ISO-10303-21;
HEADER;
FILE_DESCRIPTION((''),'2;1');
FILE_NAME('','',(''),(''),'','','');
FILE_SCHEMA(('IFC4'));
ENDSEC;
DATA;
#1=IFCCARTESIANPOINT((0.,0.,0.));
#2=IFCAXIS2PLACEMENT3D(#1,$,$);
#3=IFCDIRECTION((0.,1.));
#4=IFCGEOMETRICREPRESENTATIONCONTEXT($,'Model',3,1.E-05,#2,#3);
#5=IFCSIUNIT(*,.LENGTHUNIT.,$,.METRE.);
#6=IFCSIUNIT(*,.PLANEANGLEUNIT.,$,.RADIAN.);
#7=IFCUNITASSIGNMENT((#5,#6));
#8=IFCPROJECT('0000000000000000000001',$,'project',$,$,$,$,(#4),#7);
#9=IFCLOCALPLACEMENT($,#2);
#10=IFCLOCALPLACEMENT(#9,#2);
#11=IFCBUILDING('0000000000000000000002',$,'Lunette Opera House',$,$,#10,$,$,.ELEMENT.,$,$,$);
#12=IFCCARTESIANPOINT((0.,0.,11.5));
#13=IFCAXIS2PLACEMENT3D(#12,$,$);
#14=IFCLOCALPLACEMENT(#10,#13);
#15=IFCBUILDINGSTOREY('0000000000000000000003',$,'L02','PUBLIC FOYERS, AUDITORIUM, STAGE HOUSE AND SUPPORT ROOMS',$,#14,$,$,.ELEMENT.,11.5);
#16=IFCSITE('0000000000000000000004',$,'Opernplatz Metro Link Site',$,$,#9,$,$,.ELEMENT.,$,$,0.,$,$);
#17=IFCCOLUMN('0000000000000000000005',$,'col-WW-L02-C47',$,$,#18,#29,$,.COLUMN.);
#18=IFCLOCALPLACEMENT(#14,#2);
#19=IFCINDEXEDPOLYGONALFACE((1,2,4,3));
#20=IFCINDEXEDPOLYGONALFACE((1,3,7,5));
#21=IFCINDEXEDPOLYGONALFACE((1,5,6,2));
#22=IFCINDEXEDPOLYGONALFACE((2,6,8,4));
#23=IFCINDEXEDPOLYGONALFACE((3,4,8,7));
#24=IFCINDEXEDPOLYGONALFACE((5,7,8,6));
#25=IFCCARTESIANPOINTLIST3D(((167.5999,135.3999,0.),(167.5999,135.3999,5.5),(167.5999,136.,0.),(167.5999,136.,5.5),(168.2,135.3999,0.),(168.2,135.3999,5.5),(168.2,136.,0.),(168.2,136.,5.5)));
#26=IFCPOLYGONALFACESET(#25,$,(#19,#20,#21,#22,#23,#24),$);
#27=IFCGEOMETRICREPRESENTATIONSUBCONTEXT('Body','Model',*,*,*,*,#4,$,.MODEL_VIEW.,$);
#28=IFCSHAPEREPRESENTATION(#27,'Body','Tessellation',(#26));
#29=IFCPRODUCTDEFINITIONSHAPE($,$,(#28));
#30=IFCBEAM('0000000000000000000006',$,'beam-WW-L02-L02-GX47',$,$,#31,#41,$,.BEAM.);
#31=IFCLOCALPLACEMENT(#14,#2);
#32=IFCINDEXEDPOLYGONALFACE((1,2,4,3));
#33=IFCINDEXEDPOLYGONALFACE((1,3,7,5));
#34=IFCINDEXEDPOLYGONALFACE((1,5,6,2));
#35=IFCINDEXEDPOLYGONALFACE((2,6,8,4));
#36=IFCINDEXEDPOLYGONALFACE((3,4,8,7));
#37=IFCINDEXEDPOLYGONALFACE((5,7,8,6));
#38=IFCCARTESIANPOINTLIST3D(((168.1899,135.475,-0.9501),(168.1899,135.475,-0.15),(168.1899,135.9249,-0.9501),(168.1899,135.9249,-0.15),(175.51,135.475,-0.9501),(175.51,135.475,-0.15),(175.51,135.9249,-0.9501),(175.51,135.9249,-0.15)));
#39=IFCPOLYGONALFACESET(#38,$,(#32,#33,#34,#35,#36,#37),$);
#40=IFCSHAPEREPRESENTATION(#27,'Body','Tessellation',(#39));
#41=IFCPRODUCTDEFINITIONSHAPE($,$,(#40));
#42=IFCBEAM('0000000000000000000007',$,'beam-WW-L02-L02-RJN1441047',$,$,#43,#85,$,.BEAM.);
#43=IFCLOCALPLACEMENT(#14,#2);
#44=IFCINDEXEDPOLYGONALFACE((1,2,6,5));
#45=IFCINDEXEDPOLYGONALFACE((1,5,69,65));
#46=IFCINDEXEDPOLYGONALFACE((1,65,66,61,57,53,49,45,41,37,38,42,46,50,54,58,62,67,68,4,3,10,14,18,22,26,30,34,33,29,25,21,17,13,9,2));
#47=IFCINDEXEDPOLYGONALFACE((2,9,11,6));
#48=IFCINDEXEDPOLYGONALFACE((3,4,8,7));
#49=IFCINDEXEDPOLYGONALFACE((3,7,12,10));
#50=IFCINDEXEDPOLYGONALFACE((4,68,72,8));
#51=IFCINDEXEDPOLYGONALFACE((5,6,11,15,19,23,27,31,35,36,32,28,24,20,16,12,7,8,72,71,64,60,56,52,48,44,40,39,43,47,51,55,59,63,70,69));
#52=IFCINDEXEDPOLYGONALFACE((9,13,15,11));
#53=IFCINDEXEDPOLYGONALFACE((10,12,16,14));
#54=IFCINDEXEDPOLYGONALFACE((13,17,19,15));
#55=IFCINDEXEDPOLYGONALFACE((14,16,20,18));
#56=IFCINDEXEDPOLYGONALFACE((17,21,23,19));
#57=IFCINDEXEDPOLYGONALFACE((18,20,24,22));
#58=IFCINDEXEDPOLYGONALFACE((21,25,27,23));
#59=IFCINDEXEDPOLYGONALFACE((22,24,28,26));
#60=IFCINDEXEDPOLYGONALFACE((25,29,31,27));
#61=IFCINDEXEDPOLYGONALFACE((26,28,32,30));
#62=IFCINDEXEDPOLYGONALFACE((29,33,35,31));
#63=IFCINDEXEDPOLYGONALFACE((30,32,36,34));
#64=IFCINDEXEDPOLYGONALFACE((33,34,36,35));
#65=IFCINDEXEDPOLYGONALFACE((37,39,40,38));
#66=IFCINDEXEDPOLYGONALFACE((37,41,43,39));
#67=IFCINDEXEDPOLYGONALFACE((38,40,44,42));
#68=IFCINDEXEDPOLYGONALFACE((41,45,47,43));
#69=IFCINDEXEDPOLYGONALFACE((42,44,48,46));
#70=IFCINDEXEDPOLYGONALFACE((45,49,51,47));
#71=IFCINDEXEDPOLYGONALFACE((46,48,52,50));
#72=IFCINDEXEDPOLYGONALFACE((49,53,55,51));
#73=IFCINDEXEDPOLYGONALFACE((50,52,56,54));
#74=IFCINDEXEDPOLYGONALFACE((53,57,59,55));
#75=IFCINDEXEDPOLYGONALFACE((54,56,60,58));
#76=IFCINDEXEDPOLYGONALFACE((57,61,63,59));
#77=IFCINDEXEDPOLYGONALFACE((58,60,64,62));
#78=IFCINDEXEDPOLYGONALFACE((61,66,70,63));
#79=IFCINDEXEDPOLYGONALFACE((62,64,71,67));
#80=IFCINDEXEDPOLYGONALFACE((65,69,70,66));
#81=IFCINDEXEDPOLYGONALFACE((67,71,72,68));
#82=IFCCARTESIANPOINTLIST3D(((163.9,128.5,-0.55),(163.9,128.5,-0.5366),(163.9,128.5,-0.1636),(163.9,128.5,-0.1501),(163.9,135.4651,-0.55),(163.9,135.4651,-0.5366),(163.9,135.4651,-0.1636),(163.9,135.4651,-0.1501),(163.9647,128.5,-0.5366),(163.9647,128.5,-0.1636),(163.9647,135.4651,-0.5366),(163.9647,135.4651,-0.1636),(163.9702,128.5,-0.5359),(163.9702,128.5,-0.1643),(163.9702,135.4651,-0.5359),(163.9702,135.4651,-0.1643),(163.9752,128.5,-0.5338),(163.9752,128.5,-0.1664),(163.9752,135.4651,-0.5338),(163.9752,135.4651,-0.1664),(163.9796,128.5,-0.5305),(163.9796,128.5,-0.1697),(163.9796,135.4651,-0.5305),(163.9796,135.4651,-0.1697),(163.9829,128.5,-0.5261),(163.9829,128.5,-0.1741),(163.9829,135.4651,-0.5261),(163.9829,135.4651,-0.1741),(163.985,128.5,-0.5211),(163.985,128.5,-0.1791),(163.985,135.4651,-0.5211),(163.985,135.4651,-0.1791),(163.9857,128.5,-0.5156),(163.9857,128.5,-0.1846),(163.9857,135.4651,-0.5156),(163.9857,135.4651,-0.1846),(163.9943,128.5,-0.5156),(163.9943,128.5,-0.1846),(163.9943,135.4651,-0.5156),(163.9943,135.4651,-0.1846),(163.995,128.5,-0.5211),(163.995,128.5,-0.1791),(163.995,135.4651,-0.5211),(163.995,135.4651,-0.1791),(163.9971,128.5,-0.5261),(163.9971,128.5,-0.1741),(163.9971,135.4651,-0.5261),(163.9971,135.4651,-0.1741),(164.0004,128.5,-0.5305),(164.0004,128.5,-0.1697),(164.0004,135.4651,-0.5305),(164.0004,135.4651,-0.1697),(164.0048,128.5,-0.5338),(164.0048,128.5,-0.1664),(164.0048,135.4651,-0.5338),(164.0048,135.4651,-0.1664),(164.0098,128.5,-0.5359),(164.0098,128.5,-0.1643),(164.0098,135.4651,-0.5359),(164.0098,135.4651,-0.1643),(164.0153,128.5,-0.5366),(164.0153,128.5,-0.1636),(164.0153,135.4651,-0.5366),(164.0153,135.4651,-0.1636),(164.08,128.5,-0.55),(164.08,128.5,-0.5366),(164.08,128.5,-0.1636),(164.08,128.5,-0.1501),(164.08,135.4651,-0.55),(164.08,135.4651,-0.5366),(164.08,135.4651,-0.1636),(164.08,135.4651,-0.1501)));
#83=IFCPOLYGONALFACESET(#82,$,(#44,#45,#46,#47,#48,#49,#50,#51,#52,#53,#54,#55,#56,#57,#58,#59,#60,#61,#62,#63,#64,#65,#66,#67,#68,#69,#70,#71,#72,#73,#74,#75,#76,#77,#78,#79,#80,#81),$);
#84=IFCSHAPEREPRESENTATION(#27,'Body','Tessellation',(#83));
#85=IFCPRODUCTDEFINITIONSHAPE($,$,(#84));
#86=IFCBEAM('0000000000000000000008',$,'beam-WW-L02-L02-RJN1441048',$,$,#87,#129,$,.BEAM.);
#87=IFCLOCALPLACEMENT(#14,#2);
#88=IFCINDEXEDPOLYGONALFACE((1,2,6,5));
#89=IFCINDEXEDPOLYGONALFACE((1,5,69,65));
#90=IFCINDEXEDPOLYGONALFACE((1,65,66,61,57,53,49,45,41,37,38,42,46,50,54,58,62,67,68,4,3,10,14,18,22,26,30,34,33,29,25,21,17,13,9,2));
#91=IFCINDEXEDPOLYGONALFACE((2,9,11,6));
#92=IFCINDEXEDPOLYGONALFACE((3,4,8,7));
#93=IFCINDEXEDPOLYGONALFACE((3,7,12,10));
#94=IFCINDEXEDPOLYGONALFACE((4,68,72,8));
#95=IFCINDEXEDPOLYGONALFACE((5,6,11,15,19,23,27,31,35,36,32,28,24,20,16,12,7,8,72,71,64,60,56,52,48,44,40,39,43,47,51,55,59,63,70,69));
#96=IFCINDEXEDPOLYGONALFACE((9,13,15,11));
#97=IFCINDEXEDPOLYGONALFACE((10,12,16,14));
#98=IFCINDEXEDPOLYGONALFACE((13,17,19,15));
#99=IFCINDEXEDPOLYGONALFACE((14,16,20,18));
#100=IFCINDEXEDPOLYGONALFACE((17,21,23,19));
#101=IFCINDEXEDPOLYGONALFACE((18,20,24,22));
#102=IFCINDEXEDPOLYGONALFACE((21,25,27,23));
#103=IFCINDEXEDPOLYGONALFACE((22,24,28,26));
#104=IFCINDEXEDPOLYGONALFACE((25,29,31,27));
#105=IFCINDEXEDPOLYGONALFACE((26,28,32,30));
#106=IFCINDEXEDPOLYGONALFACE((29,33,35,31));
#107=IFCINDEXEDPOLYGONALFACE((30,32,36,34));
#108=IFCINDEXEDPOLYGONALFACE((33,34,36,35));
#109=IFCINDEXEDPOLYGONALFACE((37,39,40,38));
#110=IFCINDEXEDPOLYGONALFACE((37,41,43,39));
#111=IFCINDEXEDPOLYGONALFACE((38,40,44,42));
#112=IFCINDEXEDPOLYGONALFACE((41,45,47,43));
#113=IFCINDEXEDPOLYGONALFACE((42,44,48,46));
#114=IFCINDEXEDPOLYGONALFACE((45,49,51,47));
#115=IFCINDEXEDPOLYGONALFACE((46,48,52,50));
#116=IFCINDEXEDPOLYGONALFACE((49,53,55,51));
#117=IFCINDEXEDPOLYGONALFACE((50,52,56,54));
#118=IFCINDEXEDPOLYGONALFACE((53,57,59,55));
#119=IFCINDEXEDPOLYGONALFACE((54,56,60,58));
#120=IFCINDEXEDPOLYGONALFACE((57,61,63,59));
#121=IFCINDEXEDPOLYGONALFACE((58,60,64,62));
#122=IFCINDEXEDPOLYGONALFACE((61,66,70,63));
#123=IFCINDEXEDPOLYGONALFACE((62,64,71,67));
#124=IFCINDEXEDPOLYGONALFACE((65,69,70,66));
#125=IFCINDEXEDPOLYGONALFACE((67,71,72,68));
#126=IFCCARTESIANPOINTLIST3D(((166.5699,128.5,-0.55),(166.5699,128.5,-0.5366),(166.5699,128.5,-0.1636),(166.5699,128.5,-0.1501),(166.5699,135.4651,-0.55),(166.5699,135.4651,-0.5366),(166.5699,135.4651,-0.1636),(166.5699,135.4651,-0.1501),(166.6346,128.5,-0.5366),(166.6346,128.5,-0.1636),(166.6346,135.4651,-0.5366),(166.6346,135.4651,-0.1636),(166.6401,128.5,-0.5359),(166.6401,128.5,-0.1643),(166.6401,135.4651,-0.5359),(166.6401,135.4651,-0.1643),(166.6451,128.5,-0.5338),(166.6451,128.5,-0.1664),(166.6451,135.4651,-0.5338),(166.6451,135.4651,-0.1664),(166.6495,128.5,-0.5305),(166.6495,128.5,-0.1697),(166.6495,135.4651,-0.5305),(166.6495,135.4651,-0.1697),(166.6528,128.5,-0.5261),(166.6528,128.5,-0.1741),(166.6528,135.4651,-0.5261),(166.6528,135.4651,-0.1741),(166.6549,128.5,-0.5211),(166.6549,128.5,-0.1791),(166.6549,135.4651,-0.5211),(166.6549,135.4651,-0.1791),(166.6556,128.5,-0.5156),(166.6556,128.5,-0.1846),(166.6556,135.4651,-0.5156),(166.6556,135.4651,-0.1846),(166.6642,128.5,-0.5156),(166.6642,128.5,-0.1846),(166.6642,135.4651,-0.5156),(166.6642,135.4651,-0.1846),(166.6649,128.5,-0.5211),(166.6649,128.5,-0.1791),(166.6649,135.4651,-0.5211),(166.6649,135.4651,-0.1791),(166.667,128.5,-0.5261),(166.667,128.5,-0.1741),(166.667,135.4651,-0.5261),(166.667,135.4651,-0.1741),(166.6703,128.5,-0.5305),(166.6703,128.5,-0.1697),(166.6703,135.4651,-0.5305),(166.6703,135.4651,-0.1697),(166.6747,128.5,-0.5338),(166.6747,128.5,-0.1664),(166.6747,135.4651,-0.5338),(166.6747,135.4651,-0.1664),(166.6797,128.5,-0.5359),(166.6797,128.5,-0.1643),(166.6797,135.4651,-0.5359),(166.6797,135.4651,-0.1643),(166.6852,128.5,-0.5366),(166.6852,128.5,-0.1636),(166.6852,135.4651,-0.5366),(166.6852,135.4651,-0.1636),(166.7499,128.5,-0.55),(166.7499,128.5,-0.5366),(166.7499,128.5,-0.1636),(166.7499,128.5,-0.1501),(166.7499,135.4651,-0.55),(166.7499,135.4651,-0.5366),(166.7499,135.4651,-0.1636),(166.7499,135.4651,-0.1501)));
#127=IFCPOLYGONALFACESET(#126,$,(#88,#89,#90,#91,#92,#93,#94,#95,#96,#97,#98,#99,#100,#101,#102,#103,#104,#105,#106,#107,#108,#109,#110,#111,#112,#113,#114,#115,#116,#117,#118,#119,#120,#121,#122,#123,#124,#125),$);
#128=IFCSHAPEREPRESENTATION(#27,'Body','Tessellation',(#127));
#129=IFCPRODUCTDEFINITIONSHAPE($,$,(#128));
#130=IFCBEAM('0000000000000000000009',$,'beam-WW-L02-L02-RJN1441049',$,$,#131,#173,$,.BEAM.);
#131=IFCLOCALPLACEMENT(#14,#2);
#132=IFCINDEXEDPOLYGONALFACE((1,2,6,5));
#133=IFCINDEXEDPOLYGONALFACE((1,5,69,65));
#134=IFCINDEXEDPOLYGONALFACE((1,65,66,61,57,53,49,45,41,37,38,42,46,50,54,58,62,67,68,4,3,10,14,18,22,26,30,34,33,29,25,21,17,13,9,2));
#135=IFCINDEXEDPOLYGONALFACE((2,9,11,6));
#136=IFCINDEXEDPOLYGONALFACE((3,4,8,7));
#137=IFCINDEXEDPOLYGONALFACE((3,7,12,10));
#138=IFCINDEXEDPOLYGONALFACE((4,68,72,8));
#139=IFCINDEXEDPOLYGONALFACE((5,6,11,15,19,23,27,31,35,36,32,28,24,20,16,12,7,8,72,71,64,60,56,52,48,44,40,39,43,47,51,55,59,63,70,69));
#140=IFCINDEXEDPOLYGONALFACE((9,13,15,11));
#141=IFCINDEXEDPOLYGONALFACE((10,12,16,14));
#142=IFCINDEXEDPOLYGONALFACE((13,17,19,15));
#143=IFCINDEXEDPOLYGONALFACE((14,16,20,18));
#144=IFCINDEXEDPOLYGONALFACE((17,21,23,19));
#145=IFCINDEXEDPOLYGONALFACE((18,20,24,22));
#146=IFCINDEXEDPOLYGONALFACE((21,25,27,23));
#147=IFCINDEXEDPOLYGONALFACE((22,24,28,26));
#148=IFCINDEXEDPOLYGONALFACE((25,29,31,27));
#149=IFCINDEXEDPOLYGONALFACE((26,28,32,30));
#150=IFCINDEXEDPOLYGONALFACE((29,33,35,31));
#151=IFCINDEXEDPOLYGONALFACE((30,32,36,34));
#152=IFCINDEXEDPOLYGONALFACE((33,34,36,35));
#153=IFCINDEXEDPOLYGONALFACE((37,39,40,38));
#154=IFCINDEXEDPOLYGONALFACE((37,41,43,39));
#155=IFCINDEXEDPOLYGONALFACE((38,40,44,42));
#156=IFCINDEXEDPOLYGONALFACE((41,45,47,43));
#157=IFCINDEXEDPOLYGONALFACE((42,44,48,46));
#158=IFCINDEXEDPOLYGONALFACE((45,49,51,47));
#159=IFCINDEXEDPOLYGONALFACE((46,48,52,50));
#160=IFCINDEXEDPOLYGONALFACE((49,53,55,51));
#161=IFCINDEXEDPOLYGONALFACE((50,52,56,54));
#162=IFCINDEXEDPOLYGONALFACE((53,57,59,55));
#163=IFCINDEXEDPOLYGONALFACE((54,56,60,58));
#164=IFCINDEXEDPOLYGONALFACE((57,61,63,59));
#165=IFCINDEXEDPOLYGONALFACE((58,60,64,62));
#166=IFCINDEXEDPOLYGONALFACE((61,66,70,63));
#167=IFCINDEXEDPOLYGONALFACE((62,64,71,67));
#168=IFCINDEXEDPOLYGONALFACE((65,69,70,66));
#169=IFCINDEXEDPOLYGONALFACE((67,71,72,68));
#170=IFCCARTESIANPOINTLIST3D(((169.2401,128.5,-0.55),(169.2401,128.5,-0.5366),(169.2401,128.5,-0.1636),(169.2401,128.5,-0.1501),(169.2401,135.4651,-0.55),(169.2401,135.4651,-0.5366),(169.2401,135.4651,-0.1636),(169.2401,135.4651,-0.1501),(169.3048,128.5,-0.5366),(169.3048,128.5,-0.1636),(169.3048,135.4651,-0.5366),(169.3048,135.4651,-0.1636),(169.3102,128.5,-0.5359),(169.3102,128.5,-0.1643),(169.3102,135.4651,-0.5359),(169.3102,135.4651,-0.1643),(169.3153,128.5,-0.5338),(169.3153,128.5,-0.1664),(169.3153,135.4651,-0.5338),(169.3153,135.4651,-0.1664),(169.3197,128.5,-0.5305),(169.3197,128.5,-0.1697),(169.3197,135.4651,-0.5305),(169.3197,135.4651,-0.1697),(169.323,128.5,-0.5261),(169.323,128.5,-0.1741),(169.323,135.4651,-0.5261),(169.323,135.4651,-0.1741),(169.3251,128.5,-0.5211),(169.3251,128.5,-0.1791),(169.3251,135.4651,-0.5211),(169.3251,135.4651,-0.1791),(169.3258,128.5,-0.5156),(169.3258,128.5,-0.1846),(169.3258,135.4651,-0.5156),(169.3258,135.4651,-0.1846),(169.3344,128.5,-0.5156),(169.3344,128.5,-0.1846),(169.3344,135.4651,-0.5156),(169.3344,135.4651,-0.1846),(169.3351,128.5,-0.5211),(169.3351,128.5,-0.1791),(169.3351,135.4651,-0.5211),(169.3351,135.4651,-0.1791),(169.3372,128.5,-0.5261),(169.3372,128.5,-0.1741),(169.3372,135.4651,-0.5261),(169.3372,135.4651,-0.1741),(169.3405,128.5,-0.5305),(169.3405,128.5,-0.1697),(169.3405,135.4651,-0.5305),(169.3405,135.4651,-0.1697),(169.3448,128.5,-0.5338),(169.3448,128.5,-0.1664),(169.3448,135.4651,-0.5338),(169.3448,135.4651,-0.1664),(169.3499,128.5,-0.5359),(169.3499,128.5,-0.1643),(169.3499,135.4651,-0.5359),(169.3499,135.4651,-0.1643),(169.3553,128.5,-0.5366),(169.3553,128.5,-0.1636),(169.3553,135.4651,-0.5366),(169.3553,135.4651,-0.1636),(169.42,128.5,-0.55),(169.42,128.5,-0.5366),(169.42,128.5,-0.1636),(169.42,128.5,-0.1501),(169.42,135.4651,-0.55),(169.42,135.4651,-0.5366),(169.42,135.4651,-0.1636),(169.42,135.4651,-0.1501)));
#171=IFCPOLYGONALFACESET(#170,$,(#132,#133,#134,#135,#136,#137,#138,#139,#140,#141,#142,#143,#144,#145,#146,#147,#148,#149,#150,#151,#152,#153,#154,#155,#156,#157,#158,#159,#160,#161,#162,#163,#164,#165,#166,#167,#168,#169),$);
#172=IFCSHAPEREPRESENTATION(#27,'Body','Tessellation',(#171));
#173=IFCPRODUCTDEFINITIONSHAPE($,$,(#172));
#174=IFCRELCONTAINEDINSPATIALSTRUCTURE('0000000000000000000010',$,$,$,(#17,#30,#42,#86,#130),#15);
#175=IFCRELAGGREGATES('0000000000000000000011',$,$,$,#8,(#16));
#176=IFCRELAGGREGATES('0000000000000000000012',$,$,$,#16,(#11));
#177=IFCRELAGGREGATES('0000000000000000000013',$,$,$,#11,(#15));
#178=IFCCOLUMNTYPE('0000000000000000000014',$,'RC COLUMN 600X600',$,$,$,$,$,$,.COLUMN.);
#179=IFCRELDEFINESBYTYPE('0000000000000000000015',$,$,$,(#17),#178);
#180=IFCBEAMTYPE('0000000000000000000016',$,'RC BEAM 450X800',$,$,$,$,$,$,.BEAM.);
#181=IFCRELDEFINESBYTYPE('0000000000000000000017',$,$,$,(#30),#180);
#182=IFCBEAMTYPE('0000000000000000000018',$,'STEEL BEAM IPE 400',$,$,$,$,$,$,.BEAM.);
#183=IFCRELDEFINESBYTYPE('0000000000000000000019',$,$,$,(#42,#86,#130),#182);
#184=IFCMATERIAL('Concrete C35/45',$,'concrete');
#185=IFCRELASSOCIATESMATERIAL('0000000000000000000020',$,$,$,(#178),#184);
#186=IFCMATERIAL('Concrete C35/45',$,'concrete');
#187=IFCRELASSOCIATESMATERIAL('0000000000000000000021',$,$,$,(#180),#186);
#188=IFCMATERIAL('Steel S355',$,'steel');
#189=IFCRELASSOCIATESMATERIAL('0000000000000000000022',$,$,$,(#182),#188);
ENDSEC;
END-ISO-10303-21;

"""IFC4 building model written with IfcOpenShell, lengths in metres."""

from ifc_helpers import new_model, si_unit, direction, frame, origin, origin_2d, place, context, subcontext, project, spatial, rectangle, i_section, extrude, material, material_profile, profile_set, type_object, element, save


model = new_model("IFC4")

# Units and contexts
model_context = context("Model", 3, precision=1e-05, world=origin(), true_north=direction((0.0, 1.0)))
body_context = subcontext(model_context, "Body", "Model", "MODEL_VIEW")
ifc_project = project(units=[si_unit("LENGTHUNIT", "METRE"), si_unit("PLANEANGLEUNIT", "RADIAN")], contexts=[model_context])

# Site, building, storey
site_placement = place(None, origin())
site = spatial("IfcSite", under=ifc_project, at=site_placement, Name="Opernplatz Metro Link Site", CompositionType="ELEMENT", RefElevation=0.0)
building_placement = place(site_placement, origin())
building = spatial("IfcBuilding", under=site, at=building_placement, Name="Lunette Opera House", CompositionType="ELEMENT")
storey_placement = place(building_placement, frame((0.0, 0.0, 11.5)))
storey = spatial("IfcBuildingStorey", under=building, at=storey_placement, Name="L02", Description="PUBLIC FOYERS, AUDITORIUM, STAGE HOUSE AND SUPPORT ROOMS", CompositionType="ELEMENT", Elevation=11.5)

# Column
ifc_material_1 = material(Name="Concrete C35/45", Category="concrete")
ifc_material_profile_1 = material_profile(ifc_material_1, rectangle(XDim=0.6001, YDim=0.6001, at=origin_2d()), Name="RC COLUMN 600X600")
ifc_profile_set_1 = profile_set([ifc_material_profile_1], Name="Concrete C35/45")
column_type = type_object("IfcColumnType", Name="RC COLUMN 600X600", PredefinedType="COLUMN", material=ifc_profile_set_1)
column_placement = place(storey_placement, frame((167.8999, 135.7, 0.0), z_axis=(0.0, 0.0, 1.0), x_axis=(1.0, 0.0, 0.0)))
element("IfcColumn", 1, at=column_placement, inside=storey, type_object=column_type, Name="col-WW-L02-C47", PredefinedType="COLUMN", context=body_context, shape_type="SweptSolid", body=[
    extrude(rectangle(XDim=0.6001, YDim=0.6001, at=origin_2d()), origin(), (0.0, 0.0, 1.0), 5.5),
])

# Beams
ifc_material_2 = material(Name="Concrete C35/45", Category="concrete")
ifc_material_profile_2 = material_profile(ifc_material_2, rectangle(XDim=0.45, YDim=0.8, at=origin_2d()), Name="RC BEAM 450X800")
ifc_profile_set_2 = profile_set([ifc_material_profile_2], Name="Concrete C35/45")
beam_type_1 = type_object("IfcBeamType", Name="RC BEAM 450X800", PredefinedType="BEAM", material=ifc_profile_set_2)
beam_placement = place(storey_placement, frame((168.1899, 135.7, -0.55), z_axis=(1.0, 0.0, 0.0), x_axis=(0.0, 1.0, 0.0)))
element("IfcBeam", 2, at=beam_placement, inside=storey, type_object=beam_type_1, Name="beam-WW-L02-L02-GX47", PredefinedType="BEAM", context=body_context, shape_type="SweptSolid", body=[
    extrude(rectangle(XDim=0.45, YDim=0.8, at=origin_2d()), origin(), (0.0, 0.0, 1.0), 7.3201),
])
ifc_material_3 = material(Name="Steel S355", Category="steel")
ifc_material_profile_3 = material_profile(ifc_material_3, i_section(OverallWidth=0.1799, OverallDepth=0.3999, WebThickness=0.0085, FlangeThickness=0.0134, FilletRadius=0.021, at=origin_2d()), Name="IPE 400")
ifc_profile_set_3 = profile_set([ifc_material_profile_3], Name="Steel S355")
beam_type_2 = type_object("IfcBeamType", Name="STEEL BEAM IPE 400", PredefinedType="BEAM", material=ifc_profile_set_3)
for number, where, z_axis, x_axis, name in (
    (3, (163.99, 128.5, -0.3501), (0.0, 1.0, 0.0), (-1.0, 0.0, 0.0), "beam-WW-L02-L02-RJN1441047"),
    (4, (166.6599, 128.5, -0.3501), (0.0, 1.0, 0.0), (-1.0, 0.0, 0.0), "beam-WW-L02-L02-RJN1441048"),
    (5, (169.3301, 128.5, -0.3501), (0.0, 1.0, 0.0), (-1.0, 0.0, 0.0), "beam-WW-L02-L02-RJN1441049"),
):
    element("IfcBeam", number, at=place(storey_placement, frame(where, z_axis=z_axis, x_axis=x_axis)), inside=storey, type_object=beam_type_2, Name=name, PredefinedType="BEAM", context=body_context, shape_type="SweptSolid", body=[
        extrude(i_section(OverallWidth=0.1799, OverallDepth=0.3999, WebThickness=0.0085, FlangeThickness=0.0134, FilletRadius=0.021, at=origin_2d()), origin(), (0.0, 0.0, 1.0), 6.9651),
    ])

save(model, "model.ifc")
